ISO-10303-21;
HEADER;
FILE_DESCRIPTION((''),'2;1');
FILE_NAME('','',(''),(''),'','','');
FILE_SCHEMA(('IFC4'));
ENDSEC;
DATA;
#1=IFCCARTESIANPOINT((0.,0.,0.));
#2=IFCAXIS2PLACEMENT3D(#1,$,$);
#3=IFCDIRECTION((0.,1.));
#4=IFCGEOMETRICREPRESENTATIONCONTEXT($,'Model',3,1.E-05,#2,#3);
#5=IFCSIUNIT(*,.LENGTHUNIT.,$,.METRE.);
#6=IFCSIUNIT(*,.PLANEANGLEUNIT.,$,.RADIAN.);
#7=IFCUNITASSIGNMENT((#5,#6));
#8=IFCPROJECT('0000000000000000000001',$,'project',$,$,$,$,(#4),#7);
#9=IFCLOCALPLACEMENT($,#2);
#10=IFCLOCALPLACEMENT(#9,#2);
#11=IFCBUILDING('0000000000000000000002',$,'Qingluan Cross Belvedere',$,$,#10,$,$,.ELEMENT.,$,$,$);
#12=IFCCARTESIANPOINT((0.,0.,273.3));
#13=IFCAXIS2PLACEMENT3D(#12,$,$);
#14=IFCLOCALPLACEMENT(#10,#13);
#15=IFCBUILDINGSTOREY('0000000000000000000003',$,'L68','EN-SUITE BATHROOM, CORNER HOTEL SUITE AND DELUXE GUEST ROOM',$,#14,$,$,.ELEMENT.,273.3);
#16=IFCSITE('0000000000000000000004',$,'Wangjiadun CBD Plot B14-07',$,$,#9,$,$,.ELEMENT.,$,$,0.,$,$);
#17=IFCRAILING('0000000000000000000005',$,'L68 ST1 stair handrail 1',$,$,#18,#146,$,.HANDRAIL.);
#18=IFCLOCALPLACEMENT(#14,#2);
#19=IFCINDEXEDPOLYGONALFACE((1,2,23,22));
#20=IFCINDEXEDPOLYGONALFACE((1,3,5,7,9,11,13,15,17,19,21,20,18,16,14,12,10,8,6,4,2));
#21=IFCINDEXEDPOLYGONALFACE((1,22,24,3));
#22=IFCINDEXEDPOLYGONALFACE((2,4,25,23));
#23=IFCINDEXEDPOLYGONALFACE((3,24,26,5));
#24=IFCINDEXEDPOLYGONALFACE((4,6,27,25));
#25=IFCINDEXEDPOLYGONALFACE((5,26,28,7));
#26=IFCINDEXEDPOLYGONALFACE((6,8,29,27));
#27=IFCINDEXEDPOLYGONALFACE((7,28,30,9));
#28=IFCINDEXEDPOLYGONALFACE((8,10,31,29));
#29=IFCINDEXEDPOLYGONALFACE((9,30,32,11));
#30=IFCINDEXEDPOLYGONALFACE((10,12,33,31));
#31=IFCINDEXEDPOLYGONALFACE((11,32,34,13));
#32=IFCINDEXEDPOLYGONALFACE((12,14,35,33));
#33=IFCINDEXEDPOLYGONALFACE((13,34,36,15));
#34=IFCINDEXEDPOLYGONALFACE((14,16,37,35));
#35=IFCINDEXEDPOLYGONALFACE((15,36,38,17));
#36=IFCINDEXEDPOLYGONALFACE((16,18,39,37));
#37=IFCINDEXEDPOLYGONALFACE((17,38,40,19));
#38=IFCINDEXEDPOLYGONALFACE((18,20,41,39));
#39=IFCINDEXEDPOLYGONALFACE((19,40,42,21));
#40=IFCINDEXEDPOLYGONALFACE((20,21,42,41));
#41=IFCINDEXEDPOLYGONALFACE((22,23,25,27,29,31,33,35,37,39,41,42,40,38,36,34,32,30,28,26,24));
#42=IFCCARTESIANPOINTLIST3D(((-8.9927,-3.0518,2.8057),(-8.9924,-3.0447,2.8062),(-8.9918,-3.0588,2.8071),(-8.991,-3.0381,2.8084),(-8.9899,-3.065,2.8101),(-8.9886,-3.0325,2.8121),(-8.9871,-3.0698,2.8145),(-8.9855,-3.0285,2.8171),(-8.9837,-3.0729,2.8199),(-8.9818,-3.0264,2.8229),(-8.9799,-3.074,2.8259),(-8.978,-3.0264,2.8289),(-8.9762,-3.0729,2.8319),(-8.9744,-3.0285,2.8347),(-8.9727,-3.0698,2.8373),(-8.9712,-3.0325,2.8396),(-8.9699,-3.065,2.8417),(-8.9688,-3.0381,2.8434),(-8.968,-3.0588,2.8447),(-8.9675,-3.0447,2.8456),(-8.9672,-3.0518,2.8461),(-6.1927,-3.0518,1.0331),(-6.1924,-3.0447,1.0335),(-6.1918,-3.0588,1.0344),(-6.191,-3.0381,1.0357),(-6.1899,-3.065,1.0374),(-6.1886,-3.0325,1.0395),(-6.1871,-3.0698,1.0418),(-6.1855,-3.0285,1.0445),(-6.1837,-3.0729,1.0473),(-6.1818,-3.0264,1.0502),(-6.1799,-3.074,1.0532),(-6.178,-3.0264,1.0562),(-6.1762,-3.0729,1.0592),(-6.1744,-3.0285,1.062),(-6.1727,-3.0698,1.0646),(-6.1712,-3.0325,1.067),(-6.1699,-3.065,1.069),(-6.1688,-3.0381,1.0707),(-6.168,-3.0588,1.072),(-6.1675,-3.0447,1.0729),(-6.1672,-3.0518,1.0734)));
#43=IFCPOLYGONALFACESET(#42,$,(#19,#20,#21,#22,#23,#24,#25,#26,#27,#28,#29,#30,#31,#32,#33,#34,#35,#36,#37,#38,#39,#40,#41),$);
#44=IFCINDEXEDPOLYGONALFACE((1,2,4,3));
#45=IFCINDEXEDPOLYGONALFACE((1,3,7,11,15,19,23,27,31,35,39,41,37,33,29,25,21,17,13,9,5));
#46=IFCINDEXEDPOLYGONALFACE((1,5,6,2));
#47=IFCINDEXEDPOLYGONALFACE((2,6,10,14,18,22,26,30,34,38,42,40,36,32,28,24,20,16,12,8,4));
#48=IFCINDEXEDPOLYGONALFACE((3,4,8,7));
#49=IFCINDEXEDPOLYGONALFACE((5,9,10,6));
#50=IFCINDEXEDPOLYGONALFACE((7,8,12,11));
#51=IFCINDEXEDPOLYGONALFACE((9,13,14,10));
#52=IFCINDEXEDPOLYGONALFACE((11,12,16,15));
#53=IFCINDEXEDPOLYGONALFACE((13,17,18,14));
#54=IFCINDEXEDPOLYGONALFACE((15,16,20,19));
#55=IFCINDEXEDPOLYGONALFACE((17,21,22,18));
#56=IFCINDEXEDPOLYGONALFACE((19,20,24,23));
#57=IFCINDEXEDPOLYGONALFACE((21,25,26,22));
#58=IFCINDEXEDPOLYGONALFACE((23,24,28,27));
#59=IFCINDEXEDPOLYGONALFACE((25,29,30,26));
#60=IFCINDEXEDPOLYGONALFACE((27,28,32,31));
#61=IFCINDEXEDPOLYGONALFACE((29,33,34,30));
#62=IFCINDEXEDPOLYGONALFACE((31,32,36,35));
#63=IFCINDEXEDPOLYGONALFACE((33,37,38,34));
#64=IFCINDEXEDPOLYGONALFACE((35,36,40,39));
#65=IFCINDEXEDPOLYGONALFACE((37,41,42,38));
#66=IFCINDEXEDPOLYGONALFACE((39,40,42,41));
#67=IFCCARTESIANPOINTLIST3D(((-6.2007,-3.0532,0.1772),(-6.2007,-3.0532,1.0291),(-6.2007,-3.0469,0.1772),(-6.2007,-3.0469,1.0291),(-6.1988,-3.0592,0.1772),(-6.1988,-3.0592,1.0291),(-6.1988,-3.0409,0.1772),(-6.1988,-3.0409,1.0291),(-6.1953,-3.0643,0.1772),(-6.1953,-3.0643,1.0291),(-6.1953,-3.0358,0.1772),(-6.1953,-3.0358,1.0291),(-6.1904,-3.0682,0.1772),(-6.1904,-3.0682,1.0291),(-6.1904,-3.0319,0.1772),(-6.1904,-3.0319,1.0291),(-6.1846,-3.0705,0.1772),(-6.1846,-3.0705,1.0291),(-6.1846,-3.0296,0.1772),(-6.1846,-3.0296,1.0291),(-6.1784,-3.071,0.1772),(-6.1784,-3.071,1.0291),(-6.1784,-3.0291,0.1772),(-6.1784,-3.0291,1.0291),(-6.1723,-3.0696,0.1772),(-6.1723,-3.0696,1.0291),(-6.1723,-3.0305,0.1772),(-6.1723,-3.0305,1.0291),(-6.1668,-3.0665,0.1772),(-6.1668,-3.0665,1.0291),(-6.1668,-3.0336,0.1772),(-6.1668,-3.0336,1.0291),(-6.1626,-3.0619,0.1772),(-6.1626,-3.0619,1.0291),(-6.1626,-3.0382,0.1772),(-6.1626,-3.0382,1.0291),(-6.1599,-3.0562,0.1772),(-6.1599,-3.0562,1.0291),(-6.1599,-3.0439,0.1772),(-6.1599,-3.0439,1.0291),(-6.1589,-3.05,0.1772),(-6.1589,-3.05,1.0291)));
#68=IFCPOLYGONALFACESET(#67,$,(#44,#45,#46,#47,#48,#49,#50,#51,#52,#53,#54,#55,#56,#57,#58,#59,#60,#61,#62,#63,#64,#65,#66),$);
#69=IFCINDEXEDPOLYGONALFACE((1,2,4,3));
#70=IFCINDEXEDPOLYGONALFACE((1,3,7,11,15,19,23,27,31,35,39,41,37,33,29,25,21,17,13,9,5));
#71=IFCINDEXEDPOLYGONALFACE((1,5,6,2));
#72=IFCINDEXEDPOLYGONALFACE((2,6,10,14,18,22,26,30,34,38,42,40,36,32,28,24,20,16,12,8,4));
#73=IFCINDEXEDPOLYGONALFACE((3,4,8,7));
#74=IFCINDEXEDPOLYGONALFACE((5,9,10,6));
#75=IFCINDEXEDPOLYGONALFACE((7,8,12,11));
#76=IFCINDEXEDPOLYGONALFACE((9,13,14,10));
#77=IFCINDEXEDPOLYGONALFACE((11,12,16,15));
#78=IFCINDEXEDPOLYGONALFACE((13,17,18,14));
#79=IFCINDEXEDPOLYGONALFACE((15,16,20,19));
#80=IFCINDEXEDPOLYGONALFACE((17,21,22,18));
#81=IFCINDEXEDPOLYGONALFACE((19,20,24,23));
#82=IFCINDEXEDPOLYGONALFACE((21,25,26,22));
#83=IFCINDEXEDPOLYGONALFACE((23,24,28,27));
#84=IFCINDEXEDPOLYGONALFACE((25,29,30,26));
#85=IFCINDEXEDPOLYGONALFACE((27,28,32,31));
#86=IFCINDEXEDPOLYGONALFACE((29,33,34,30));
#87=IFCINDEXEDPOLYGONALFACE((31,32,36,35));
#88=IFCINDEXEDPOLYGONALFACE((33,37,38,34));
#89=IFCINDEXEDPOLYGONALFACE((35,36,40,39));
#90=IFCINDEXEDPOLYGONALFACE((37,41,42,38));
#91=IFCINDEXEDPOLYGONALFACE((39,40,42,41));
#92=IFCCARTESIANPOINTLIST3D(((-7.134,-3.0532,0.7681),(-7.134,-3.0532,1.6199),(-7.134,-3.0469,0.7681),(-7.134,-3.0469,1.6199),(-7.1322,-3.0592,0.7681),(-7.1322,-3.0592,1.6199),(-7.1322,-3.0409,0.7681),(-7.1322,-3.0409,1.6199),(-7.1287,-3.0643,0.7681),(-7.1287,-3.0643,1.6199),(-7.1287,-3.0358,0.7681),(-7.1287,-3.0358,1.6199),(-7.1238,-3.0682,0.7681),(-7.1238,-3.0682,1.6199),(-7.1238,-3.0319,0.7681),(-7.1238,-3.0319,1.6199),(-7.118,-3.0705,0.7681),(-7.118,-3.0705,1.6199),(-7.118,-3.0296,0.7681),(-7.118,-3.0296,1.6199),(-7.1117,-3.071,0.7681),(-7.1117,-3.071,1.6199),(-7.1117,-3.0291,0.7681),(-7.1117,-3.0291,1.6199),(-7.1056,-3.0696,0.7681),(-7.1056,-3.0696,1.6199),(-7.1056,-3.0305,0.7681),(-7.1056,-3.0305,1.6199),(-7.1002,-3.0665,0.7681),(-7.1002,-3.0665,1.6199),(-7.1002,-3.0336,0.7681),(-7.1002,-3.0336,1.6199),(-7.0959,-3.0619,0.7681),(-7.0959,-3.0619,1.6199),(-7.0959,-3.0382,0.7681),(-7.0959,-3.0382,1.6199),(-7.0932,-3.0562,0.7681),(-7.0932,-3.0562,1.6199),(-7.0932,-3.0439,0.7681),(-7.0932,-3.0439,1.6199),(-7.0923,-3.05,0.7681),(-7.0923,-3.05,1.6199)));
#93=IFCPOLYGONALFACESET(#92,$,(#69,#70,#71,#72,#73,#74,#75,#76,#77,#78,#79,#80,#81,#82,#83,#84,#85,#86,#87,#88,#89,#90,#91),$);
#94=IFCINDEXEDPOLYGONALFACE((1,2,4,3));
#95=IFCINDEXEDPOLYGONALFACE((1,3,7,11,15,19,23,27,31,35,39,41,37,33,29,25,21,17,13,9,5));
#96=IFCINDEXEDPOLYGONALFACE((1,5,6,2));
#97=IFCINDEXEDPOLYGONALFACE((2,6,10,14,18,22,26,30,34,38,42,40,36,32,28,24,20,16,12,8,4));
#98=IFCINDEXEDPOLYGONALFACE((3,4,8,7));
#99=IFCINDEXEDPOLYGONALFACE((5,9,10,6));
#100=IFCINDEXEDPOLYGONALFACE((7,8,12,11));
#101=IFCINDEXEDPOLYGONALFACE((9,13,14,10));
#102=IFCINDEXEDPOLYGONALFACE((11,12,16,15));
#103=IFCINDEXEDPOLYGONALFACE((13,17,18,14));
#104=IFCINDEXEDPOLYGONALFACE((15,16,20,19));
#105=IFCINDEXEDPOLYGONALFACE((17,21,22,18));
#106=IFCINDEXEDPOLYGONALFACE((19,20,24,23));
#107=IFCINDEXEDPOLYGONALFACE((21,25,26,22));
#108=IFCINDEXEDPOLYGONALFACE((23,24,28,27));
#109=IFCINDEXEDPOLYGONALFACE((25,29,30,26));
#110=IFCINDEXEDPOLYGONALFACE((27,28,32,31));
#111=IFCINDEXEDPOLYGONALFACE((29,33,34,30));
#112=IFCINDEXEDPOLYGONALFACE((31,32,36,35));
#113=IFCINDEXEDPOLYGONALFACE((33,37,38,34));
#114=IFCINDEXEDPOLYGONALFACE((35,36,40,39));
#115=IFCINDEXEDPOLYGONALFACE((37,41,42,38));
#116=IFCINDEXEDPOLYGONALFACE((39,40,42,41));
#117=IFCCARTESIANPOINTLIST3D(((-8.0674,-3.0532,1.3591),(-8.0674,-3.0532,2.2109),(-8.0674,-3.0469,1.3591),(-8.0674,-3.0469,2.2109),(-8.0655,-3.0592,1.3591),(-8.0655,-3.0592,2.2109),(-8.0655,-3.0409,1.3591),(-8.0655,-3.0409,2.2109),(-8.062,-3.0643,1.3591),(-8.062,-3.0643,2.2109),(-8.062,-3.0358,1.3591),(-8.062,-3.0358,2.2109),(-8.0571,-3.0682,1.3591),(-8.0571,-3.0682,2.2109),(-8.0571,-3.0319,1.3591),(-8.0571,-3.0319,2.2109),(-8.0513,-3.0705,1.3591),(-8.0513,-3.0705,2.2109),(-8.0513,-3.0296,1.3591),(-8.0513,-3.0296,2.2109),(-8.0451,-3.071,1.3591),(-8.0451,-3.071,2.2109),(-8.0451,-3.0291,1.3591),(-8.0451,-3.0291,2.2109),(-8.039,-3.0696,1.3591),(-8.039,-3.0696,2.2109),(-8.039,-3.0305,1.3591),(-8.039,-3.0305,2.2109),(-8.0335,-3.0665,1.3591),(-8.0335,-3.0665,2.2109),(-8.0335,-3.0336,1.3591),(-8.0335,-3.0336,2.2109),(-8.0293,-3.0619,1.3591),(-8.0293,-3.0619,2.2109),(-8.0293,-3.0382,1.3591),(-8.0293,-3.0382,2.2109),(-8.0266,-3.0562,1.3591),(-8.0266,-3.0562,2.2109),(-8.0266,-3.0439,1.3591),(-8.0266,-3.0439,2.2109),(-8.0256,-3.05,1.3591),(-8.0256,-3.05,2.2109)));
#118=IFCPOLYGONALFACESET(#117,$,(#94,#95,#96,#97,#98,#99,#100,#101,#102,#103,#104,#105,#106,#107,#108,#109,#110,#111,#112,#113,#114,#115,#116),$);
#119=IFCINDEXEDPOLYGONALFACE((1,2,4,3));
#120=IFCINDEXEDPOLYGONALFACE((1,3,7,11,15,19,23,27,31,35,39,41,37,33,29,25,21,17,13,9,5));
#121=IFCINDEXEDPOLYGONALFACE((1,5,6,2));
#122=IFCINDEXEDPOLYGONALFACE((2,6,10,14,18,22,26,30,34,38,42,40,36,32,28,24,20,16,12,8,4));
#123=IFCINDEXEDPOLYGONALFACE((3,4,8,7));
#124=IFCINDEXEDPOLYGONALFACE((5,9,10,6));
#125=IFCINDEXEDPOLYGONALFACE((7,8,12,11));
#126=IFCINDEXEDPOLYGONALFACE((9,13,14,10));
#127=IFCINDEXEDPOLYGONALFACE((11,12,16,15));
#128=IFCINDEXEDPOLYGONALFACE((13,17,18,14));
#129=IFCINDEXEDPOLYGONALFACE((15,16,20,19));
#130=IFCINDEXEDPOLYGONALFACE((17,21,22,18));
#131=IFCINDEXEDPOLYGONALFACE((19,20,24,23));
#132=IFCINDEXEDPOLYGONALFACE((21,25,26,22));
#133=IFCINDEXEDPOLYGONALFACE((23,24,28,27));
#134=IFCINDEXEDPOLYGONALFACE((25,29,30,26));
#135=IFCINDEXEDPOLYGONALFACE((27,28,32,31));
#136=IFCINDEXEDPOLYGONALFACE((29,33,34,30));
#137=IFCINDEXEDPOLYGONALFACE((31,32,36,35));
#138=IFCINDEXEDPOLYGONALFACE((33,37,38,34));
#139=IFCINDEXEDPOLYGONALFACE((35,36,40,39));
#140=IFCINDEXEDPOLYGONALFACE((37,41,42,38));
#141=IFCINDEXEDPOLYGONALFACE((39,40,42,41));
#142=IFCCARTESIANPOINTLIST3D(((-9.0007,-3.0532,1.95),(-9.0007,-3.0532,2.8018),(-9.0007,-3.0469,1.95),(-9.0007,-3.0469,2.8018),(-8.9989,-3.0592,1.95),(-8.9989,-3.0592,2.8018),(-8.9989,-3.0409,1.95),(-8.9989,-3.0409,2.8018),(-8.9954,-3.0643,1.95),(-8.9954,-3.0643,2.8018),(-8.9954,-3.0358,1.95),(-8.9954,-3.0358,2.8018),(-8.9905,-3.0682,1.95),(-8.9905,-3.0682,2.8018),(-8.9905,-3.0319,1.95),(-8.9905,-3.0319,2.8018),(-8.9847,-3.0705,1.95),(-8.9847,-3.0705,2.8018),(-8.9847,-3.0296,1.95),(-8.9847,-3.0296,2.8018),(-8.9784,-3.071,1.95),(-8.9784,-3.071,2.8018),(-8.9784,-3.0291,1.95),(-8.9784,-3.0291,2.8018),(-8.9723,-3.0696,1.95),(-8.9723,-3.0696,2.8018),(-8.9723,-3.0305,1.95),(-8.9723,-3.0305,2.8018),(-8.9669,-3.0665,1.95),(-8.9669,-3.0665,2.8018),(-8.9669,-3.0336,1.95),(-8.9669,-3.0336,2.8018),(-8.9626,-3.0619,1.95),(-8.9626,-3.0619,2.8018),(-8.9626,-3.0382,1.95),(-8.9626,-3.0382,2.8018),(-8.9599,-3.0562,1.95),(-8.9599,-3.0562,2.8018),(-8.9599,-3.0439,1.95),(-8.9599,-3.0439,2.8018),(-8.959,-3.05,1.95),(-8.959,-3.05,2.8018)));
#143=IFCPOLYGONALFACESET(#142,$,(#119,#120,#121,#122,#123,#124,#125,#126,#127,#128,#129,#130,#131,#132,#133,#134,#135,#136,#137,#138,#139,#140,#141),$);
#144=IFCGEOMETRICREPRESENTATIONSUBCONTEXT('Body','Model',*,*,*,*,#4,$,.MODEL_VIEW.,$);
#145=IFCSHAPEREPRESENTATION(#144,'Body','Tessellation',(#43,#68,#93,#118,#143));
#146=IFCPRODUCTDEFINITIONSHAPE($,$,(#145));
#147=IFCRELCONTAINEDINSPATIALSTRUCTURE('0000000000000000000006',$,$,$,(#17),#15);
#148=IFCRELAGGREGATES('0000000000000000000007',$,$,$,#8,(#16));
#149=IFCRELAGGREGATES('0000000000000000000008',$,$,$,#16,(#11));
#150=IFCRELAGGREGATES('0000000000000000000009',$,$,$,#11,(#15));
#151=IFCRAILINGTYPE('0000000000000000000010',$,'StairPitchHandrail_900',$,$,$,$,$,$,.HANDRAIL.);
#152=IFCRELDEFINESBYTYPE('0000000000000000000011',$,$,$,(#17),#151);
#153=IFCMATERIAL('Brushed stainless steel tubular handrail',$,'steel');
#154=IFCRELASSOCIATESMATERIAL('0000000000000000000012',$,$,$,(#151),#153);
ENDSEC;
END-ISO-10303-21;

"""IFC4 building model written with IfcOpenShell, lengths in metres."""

from ifc_helpers import new_model, si_unit, direction, frame, origin, origin_2d, place, context, subcontext, project, spatial, circle, extrude, material, type_object, element, save


model = new_model("IFC4")

# Units and contexts
model_context = context("Model", 3, precision=1e-05, world=origin(), true_north=direction((0.0, 1.0)))
body_context = subcontext(model_context, "Body", "Model", "MODEL_VIEW")
ifc_project = project(units=[si_unit("LENGTHUNIT", "METRE"), si_unit("PLANEANGLEUNIT", "RADIAN")], contexts=[model_context])

# Site, building, storey
site_placement = place(None, origin())
site = spatial("IfcSite", under=ifc_project, at=site_placement, Name="Wangjiadun CBD Plot B14-07", CompositionType="ELEMENT", RefElevation=0.0)
building_placement = place(site_placement, origin())
building = spatial("IfcBuilding", under=site, at=building_placement, Name="Qingluan Cross Belvedere", CompositionType="ELEMENT")
storey_placement = place(building_placement, frame((0.0, 0.0, 273.3)))
storey = spatial("IfcBuildingStorey", under=building, at=storey_placement, Name="L68", Description="EN-SUITE BATHROOM, CORNER HOTEL SUITE AND DELUXE GUEST ROOM", CompositionType="ELEMENT", Elevation=273.3)

# Railing
ifc_material_1 = material(Name="Brushed stainless steel tubular handrail", Category="steel")
railing_type_1 = type_object("IfcRailingType", Name="StairPitchHandrail_900", PredefinedType="HANDRAIL", material=ifc_material_1)
railing_1_placement = place(storey_placement, frame((-6.1799, -3.05, 0.1772)))
element("IfcRailing", 1, at=railing_1_placement, inside=storey, type_object=railing_type_1, Name="L68 ST1 stair handrail 1", PredefinedType="HANDRAIL", context=body_context, shape_type="SweptSolid", body=[
    extrude(circle(Radius=0.0239, at=origin_2d()), frame((0.0, 0.0, 0.876), z_axis=(-0.844909, 0.0, 0.53491), x_axis=(0.0, -1.0, 0.0)), (0.0, 0.0, 1.0), 3.314),
    extrude(circle(Radius=0.021, at=origin_2d()), origin(), (0.0, 0.0, 1.0), 0.8518),
    extrude(circle(Radius=0.021, at=origin_2d()), frame((-0.9333, 0.0, 0.5908)), (0.0, 0.0, 1.0), 0.8518),
    extrude(circle(Radius=0.021, at=origin_2d()), frame((-1.8667, 0.0, 1.1819)), (0.0, 0.0, 1.0), 0.8518),
    extrude(circle(Radius=0.021, at=origin_2d()), frame((-2.8, 0.0, 1.7727)), (0.0, 0.0, 1.0), 0.8518),
])

save(model, "model.ifc")
